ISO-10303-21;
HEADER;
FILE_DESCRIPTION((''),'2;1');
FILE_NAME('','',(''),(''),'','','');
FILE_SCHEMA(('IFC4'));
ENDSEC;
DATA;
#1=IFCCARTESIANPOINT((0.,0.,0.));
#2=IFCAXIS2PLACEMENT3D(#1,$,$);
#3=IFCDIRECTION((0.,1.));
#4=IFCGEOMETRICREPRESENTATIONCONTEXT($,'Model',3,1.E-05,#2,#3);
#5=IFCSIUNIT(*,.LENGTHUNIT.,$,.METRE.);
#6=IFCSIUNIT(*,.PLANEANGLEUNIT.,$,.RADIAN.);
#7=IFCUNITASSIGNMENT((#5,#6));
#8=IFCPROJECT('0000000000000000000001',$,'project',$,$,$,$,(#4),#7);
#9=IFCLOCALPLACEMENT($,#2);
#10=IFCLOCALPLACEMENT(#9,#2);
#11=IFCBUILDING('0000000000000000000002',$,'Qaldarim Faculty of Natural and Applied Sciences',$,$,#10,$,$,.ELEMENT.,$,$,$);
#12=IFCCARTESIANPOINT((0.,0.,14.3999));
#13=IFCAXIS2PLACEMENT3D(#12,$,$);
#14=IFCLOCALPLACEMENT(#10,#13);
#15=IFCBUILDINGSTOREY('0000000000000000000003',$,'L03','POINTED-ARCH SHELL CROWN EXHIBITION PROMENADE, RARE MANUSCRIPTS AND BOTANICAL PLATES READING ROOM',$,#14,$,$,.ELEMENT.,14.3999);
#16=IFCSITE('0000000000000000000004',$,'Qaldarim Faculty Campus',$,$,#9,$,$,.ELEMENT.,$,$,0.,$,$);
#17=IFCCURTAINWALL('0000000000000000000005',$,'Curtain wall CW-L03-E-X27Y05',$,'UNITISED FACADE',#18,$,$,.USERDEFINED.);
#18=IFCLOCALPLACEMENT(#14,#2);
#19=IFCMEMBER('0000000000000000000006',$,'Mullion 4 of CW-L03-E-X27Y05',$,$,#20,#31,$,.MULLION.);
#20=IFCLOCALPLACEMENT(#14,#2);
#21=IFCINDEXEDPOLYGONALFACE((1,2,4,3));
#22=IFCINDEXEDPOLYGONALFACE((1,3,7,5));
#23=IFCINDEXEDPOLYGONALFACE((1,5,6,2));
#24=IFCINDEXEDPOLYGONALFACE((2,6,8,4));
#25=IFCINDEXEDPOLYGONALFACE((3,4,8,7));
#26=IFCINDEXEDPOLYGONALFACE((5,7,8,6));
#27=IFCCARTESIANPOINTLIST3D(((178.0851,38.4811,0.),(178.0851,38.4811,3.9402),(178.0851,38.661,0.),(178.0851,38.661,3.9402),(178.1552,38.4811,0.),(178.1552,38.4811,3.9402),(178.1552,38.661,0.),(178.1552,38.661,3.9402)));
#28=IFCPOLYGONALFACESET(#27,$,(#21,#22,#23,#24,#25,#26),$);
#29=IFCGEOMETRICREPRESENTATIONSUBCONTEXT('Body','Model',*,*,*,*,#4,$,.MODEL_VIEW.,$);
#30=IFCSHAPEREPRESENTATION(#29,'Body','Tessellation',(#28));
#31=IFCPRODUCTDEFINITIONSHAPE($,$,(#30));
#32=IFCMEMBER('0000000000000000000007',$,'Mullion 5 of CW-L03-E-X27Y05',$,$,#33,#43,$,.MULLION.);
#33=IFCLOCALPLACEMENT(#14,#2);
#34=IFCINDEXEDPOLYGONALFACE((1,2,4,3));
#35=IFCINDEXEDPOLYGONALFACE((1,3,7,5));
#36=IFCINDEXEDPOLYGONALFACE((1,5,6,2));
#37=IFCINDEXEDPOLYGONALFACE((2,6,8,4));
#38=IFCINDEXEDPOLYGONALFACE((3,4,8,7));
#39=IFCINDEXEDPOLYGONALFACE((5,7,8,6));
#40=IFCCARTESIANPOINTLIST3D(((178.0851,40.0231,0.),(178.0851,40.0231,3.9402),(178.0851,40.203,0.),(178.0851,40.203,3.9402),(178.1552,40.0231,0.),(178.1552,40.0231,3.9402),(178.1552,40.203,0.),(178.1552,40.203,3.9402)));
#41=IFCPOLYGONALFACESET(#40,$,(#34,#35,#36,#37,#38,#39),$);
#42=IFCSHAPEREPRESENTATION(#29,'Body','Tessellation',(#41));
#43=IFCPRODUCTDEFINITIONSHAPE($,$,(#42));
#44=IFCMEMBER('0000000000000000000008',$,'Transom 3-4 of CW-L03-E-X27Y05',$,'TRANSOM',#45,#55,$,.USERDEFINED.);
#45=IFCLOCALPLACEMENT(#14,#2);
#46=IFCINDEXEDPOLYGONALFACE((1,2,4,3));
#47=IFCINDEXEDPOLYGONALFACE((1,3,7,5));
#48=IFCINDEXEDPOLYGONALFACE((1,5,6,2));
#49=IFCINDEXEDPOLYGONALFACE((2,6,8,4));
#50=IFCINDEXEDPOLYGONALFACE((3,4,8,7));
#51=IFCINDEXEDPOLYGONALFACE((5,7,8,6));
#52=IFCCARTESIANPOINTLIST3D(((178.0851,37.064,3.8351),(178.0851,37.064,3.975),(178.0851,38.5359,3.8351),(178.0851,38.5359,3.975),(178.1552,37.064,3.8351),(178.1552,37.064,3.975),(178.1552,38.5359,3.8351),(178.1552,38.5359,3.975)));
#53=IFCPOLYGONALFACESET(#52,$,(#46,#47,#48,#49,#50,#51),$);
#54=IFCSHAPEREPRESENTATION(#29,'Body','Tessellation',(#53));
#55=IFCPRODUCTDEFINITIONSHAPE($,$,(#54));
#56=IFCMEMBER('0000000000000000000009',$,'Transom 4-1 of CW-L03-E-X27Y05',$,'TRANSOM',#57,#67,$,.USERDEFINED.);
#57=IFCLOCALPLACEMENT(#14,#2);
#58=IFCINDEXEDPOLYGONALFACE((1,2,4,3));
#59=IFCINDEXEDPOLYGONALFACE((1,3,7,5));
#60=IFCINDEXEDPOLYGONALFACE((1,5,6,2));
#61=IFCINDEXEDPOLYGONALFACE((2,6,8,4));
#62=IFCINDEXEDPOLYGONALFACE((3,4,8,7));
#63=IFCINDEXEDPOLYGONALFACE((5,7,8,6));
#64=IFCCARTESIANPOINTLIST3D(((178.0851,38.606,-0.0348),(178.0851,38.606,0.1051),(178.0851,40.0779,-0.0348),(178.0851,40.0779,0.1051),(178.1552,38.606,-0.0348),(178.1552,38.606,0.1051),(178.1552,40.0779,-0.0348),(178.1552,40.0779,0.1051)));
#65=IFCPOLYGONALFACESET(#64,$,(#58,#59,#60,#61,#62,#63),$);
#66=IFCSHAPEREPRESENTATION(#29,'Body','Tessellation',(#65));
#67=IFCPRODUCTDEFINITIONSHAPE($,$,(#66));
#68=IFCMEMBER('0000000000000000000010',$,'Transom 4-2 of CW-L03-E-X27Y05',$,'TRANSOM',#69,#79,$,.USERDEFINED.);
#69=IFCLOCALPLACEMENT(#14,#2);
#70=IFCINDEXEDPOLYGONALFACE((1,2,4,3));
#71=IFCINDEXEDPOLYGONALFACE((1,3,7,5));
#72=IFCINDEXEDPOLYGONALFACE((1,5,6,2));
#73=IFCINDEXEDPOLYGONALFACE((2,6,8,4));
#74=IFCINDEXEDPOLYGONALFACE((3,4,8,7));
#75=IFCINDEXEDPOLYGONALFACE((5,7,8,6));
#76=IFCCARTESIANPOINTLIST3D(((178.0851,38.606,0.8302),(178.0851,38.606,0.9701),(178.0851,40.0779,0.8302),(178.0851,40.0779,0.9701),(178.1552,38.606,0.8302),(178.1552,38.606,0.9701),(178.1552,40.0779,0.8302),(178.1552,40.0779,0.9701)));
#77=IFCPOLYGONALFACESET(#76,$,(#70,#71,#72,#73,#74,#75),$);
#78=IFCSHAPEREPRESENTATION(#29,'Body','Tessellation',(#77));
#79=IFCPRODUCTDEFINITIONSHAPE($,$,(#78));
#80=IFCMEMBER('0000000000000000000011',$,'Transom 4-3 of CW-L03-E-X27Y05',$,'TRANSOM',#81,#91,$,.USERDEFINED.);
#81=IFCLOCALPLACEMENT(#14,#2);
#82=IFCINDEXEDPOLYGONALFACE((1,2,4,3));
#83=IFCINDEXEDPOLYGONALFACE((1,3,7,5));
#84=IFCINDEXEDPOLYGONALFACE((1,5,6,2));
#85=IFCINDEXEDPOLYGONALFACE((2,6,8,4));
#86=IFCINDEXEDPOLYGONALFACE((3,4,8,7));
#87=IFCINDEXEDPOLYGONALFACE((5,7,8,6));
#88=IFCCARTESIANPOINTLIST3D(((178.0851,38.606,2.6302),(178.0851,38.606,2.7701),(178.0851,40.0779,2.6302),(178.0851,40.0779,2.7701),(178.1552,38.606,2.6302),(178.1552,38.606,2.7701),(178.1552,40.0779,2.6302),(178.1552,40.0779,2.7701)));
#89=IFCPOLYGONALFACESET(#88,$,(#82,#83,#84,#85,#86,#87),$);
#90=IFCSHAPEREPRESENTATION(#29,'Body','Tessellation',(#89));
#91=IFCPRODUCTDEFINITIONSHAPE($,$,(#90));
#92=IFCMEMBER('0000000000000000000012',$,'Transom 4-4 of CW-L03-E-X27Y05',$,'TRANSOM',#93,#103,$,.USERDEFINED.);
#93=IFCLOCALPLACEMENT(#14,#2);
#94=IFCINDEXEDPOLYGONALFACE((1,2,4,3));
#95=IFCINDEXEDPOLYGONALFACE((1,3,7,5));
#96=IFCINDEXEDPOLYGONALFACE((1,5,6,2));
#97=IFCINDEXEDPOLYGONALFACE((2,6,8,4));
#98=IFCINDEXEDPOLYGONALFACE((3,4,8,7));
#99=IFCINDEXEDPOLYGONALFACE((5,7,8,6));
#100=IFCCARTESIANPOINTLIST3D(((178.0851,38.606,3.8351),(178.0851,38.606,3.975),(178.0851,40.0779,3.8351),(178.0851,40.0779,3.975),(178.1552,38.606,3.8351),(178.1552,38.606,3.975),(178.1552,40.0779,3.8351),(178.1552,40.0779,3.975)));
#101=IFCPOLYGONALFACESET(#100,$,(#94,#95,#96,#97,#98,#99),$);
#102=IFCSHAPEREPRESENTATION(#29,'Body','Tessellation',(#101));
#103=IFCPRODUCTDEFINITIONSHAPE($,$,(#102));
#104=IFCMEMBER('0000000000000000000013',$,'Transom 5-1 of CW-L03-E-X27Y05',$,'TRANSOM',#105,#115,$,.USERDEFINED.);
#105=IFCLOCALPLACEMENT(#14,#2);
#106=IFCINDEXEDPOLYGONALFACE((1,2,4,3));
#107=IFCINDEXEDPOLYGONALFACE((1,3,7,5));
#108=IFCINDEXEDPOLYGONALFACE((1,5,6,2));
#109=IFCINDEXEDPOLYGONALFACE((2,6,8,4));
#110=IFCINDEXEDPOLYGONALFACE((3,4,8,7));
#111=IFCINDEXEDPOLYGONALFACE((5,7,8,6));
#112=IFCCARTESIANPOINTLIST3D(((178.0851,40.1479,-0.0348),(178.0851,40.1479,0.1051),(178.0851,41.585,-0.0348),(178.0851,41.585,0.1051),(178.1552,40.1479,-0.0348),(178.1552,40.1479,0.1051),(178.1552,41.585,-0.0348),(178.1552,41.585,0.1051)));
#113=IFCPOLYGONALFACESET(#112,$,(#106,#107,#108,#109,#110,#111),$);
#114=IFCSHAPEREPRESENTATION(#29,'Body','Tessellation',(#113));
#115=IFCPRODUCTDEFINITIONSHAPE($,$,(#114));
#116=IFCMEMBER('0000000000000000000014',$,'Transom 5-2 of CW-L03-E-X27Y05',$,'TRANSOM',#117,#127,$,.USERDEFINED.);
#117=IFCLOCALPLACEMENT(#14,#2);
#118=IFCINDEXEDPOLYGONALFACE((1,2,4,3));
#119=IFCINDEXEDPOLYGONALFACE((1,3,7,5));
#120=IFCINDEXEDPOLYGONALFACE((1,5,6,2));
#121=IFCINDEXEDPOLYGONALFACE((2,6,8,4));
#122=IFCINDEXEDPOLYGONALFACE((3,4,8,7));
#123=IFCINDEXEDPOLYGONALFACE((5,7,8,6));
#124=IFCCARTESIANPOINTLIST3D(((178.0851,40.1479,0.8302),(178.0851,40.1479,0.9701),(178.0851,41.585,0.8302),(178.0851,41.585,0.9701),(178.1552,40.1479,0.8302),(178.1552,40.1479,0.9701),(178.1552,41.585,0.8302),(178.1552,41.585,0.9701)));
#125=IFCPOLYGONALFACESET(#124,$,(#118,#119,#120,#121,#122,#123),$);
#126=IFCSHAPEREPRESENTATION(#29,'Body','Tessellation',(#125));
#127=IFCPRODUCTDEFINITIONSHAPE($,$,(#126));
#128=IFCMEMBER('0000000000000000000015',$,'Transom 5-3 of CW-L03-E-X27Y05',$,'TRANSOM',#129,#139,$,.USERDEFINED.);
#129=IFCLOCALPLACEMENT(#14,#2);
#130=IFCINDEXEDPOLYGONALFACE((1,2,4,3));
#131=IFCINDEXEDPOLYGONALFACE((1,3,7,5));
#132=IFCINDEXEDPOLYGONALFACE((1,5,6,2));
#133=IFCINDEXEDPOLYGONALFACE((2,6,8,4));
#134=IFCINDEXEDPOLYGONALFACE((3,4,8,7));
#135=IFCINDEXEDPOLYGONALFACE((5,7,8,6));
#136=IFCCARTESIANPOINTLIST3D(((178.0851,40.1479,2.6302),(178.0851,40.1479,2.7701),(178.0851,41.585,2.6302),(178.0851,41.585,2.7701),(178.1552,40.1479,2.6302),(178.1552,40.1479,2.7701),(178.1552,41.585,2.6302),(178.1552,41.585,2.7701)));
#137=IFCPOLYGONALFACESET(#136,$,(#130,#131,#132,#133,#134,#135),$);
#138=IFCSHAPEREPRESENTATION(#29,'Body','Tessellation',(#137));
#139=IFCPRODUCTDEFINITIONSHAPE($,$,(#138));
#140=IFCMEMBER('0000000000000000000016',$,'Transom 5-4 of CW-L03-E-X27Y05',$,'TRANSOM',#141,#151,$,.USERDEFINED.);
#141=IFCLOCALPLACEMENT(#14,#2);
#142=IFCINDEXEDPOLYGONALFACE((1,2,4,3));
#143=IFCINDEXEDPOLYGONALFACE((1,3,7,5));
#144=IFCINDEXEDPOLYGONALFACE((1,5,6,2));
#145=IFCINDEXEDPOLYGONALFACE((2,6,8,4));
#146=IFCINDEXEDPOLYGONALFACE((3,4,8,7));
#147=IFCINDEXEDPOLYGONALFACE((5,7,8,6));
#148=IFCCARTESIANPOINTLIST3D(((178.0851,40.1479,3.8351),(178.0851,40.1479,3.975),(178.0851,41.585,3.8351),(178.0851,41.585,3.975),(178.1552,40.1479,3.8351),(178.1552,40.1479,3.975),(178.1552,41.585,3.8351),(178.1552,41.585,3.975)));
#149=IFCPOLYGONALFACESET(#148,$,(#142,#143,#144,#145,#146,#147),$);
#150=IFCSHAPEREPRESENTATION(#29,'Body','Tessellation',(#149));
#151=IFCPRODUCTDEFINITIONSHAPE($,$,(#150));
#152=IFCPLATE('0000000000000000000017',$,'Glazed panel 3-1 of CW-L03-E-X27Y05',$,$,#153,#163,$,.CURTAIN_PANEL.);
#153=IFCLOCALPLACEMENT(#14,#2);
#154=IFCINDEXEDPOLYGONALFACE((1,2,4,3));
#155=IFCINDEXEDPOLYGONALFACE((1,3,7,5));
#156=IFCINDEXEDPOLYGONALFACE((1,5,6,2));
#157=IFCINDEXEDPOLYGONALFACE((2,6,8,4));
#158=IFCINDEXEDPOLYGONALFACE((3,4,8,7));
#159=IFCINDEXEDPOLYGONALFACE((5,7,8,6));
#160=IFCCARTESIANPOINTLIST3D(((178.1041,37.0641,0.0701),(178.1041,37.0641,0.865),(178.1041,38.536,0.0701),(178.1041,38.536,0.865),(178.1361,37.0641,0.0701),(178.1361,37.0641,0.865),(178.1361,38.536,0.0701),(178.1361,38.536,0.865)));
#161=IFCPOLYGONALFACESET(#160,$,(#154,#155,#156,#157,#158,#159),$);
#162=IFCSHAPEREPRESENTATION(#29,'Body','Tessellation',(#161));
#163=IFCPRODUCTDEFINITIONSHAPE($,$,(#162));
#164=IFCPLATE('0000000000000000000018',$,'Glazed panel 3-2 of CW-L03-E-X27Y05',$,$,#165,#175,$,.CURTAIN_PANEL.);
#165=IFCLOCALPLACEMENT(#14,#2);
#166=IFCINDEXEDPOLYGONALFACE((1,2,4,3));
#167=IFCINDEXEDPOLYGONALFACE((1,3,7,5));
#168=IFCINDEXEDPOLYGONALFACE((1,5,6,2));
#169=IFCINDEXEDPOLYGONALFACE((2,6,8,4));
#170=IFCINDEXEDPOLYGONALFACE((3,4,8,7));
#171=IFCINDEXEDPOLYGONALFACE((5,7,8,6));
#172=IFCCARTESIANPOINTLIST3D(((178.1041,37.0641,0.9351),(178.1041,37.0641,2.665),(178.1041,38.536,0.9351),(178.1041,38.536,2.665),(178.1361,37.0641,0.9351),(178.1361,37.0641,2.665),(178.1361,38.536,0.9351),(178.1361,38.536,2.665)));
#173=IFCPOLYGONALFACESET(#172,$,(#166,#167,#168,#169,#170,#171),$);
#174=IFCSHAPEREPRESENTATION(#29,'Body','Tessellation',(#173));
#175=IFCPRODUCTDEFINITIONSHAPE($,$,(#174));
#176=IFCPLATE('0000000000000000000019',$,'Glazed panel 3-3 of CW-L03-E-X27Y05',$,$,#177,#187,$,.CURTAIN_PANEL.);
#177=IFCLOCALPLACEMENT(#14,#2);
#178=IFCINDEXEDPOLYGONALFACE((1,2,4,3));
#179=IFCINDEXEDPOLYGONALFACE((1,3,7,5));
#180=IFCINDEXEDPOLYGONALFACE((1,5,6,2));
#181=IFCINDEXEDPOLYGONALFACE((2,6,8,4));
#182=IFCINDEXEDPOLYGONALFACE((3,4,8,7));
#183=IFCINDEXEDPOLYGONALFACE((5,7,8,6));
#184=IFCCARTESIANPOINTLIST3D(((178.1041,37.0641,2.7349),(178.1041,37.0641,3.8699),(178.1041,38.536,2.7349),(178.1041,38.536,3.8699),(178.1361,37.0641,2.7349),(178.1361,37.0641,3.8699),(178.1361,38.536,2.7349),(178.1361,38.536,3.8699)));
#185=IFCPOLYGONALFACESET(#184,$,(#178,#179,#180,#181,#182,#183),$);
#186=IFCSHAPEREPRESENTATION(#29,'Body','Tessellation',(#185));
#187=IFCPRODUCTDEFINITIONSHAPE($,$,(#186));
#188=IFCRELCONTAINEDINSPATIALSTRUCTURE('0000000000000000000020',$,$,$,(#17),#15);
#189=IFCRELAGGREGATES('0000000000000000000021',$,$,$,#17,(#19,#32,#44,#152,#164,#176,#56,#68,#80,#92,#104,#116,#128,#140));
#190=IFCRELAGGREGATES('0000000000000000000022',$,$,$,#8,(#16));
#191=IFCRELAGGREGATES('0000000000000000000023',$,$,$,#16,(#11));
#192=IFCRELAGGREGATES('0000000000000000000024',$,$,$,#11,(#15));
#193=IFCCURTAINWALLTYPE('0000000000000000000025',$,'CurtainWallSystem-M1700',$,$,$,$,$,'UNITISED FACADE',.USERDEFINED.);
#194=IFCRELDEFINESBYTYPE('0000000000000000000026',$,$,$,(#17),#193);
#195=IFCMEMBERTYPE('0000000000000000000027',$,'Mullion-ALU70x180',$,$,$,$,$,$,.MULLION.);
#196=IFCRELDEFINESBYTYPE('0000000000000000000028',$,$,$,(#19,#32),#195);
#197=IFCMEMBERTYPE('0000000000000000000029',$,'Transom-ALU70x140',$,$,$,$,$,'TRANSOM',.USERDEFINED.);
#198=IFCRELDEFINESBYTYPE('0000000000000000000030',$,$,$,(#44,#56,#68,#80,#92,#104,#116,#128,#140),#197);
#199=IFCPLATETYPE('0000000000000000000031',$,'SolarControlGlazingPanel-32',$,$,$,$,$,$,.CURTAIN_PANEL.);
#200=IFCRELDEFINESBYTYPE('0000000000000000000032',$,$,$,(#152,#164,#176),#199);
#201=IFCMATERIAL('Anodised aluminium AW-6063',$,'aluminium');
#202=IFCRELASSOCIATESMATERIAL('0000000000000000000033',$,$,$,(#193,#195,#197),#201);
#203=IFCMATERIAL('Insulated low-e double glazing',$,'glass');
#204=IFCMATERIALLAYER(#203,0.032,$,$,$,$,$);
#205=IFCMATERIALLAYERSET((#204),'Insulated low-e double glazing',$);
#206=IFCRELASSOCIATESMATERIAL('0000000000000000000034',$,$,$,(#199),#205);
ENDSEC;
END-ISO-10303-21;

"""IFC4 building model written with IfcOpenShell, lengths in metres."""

from ifc_helpers import new_model, si_unit, direction, frame, origin, origin_2d, place, context, subcontext, project, spatial, rectangle, extrude, material, layer, layer_set, material_profile, profile_set, type_object, element, aggregate, save


model = new_model("IFC4")

# Units and contexts
model_context = context("Model", 3, precision=1e-05, world=origin(), true_north=direction((0.0, 1.0)))
body_context = subcontext(model_context, "Body", "Model", "MODEL_VIEW")
ifc_project = project(units=[si_unit("LENGTHUNIT", "METRE"), si_unit("PLANEANGLEUNIT", "RADIAN")], contexts=[model_context])

# Site, building, storey
site_placement = place(None, origin())
site = spatial("IfcSite", under=ifc_project, at=site_placement, Name="Qaldarim Faculty Campus", CompositionType="ELEMENT", RefElevation=0.0)
building_placement = place(site_placement, origin())
building = spatial("IfcBuilding", under=site, at=building_placement, Name="Qaldarim Faculty of Natural and Applied Sciences", CompositionType="ELEMENT")
storey_placement = place(building_placement, frame((0.0, 0.0, 14.3999)))
storey = spatial("IfcBuildingStorey", under=building, at=storey_placement, Name="L03", Description="POINTED-ARCH SHELL CROWN EXHIBITION PROMENADE, RARE MANUSCRIPTS AND BOTANICAL PLATES READING ROOM", CompositionType="ELEMENT", Elevation=14.3999)

# Curtain wall, members, plates
ifc_material_1 = material(Name="Anodised aluminium AW-6063", Category="aluminium")
curtain_wall_type = type_object("IfcCurtainWallType", Name="CurtainWallSystem-M1700", ElementType="UNITISED FACADE", PredefinedType="USERDEFINED", material=ifc_material_1)
curtain_wall_placement = place(storey_placement, origin())
curtain_wall = element("IfcCurtainWall", 1, at=curtain_wall_placement, inside=storey, type_object=curtain_wall_type, Name="Curtain wall CW-L03-E-X27Y05", ObjectType="UNITISED FACADE", PredefinedType="USERDEFINED")
ifc_material_profile_1 = material_profile(ifc_material_1, rectangle(XDim=0.0701, YDim=0.1799, at=origin_2d()), Name="ALU-M70x180")
ifc_profile_set_1 = profile_set([ifc_material_profile_1], Name="Anodised aluminium AW-6063")
member_type_1 = type_object("IfcMemberType", Name="Mullion-ALU70x180", PredefinedType="MULLION", material=ifc_profile_set_1)
member_1_placement = place(storey_placement, frame((178.1201, 38.571, 0.0), z_axis=(0.0, 0.0, 1.0), x_axis=(-1.0, 0.0, 0.0)))
member_1 = element("IfcMember", 2, at=member_1_placement, type_object=member_type_1, Name="Mullion 4 of CW-L03-E-X27Y05", PredefinedType="MULLION", context=body_context, shape_type="SweptSolid", body=[
    extrude(rectangle(XDim=0.0701, YDim=0.1799, at=origin_2d()), origin(), (0.0, 0.0, 1.0), 3.9402),
])
member_2_placement = place(storey_placement, frame((178.1201, 40.113, 0.0), z_axis=(0.0, 0.0, 1.0), x_axis=(-1.0, 0.0, 0.0)))
member_2 = element("IfcMember", 3, at=member_2_placement, type_object=member_type_1, Name="Mullion 5 of CW-L03-E-X27Y05", PredefinedType="MULLION", context=body_context, shape_type="SweptSolid", body=[
    extrude(rectangle(XDim=0.0701, YDim=0.1799, at=origin_2d()), origin(), (0.0, 0.0, 1.0), 3.9402),
])
ifc_material_profile_2 = material_profile(ifc_material_1, rectangle(XDim=0.0701, YDim=0.1399, at=origin_2d()), Name="ALU-T70x140")
ifc_profile_set_2 = profile_set([ifc_material_profile_2], Name="Anodised aluminium AW-6063")
member_type_2 = type_object("IfcMemberType", Name="Transom-ALU70x140", ElementType="TRANSOM", PredefinedType="USERDEFINED", material=ifc_profile_set_2)
member_3_placement = place(storey_placement, frame((178.1201, 37.064, 3.905), z_axis=(0.0, 1.0, 0.0), x_axis=(-1.0, 0.0, 0.0)))
member_3 = element("IfcMember", 4, at=member_3_placement, type_object=member_type_2, Name="Transom 3-4 of CW-L03-E-X27Y05", ObjectType="TRANSOM", PredefinedType="USERDEFINED", context=body_context, shape_type="SweptSolid", body=[
    extrude(rectangle(XDim=0.0701, YDim=0.1399, at=origin_2d()), origin(), (0.0, 0.0, 1.0), 1.4719),
])
member_4_placement = place(storey_placement, frame((178.1201, 38.606, 0.0352), z_axis=(0.0, 1.0, 0.0), x_axis=(-1.0, 0.0, 0.0)))
member_4 = element("IfcMember", 5, at=member_4_placement, type_object=member_type_2, Name="Transom 4-1 of CW-L03-E-X27Y05", ObjectType="TRANSOM", PredefinedType="USERDEFINED", context=body_context, shape_type="SweptSolid", body=[
    extrude(rectangle(XDim=0.0701, YDim=0.1399, at=origin_2d()), origin(), (0.0, 0.0, 1.0), 1.4719),
])
member_5_placement = place(storey_placement, frame((178.1201, 38.606, 0.9001), z_axis=(0.0, 1.0, 0.0), x_axis=(-1.0, 0.0, 0.0)))
member_5 = element("IfcMember", 6, at=member_5_placement, type_object=member_type_2, Name="Transom 4-2 of CW-L03-E-X27Y05", ObjectType="TRANSOM", PredefinedType="USERDEFINED", context=body_context, shape_type="SweptSolid", body=[
    extrude(rectangle(XDim=0.0701, YDim=0.1399, at=origin_2d()), origin(), (0.0, 0.0, 1.0), 1.4719),
])
member_6_placement = place(storey_placement, frame((178.1201, 38.606, 2.7002), z_axis=(0.0, 1.0, 0.0), x_axis=(-1.0, 0.0, 0.0)))
member_6 = element("IfcMember", 7, at=member_6_placement, type_object=member_type_2, Name="Transom 4-3 of CW-L03-E-X27Y05", ObjectType="TRANSOM", PredefinedType="USERDEFINED", context=body_context, shape_type="SweptSolid", body=[
    extrude(rectangle(XDim=0.0701, YDim=0.1399, at=origin_2d()), origin(), (0.0, 0.0, 1.0), 1.4719),
])
member_7_placement = place(storey_placement, frame((178.1201, 38.606, 3.905), z_axis=(0.0, 1.0, 0.0), x_axis=(-1.0, 0.0, 0.0)))
member_7 = element("IfcMember", 8, at=member_7_placement, type_object=member_type_2, Name="Transom 4-4 of CW-L03-E-X27Y05", ObjectType="TRANSOM", PredefinedType="USERDEFINED", context=body_context, shape_type="SweptSolid", body=[
    extrude(rectangle(XDim=0.0701, YDim=0.1399, at=origin_2d()), origin(), (0.0, 0.0, 1.0), 1.4719),
])
member_8_placement = place(storey_placement, frame((178.1201, 40.1479, 0.0352), z_axis=(0.0, 1.0, 0.0), x_axis=(-1.0, 0.0, 0.0)))
member_8 = element("IfcMember", 9, at=member_8_placement, type_object=member_type_2, Name="Transom 5-1 of CW-L03-E-X27Y05", ObjectType="TRANSOM", PredefinedType="USERDEFINED", context=body_context, shape_type="SweptSolid", body=[
    extrude(rectangle(XDim=0.0701, YDim=0.1399, at=origin_2d()), origin(), (0.0, 0.0, 1.0), 1.437),
])
member_9_placement = place(storey_placement, frame((178.1201, 40.1479, 0.9001), z_axis=(0.0, 1.0, 0.0), x_axis=(-1.0, 0.0, 0.0)))
member_9 = element("IfcMember", 10, at=member_9_placement, type_object=member_type_2, Name="Transom 5-2 of CW-L03-E-X27Y05", ObjectType="TRANSOM", PredefinedType="USERDEFINED", context=body_context, shape_type="SweptSolid", body=[
    extrude(rectangle(XDim=0.0701, YDim=0.1399, at=origin_2d()), origin(), (0.0, 0.0, 1.0), 1.437),
])
member_10_placement = place(storey_placement, frame((178.1201, 40.1479, 2.7002), z_axis=(0.0, 1.0, 0.0), x_axis=(-1.0, 0.0, 0.0)))
member_10 = element("IfcMember", 11, at=member_10_placement, type_object=member_type_2, Name="Transom 5-3 of CW-L03-E-X27Y05", ObjectType="TRANSOM", PredefinedType="USERDEFINED", context=body_context, shape_type="SweptSolid", body=[
    extrude(rectangle(XDim=0.0701, YDim=0.1399, at=origin_2d()), origin(), (0.0, 0.0, 1.0), 1.437),
])
member_11_placement = place(storey_placement, frame((178.1201, 40.1479, 3.905), z_axis=(0.0, 1.0, 0.0), x_axis=(-1.0, 0.0, 0.0)))
member_11 = element("IfcMember", 12, at=member_11_placement, type_object=member_type_2, Name="Transom 5-4 of CW-L03-E-X27Y05", ObjectType="TRANSOM", PredefinedType="USERDEFINED", context=body_context, shape_type="SweptSolid", body=[
    extrude(rectangle(XDim=0.0701, YDim=0.1399, at=origin_2d()), origin(), (0.0, 0.0, 1.0), 1.437),
])
ifc_material_2 = material(Name="Insulated low-e double glazing", Category="glass")
ifc_layer_1 = layer(ifc_material_2, 0.032)
ifc_layer_set_1 = layer_set([ifc_layer_1], Name="Insulated low-e double glazing")
plate_type = type_object("IfcPlateType", Name="SolarControlGlazingPanel-32", PredefinedType="CURTAIN_PANEL", material=ifc_layer_set_1)
plate_1_placement = place(storey_placement, frame((178.1201, 37.8, 0.0701), z_axis=(0.0, 0.0, 1.0), x_axis=(0.0, 1.0, 0.0)))
plate_1 = element("IfcPlate", 13, at=plate_1_placement, type_object=plate_type, Name="Glazed panel 3-1 of CW-L03-E-X27Y05", PredefinedType="CURTAIN_PANEL", context=body_context, shape_type="SweptSolid", body=[
    extrude(rectangle(XDim=1.4719, YDim=0.032, at=origin_2d()), origin(), (0.0, 0.0, 1.0), 0.7949),
])
plate_2_placement = place(storey_placement, frame((178.1201, 37.8, 0.9351), z_axis=(0.0, 0.0, 1.0), x_axis=(0.0, 1.0, 0.0)))
plate_2 = element("IfcPlate", 14, at=plate_2_placement, type_object=plate_type, Name="Glazed panel 3-2 of CW-L03-E-X27Y05", PredefinedType="CURTAIN_PANEL", context=body_context, shape_type="SweptSolid", body=[
    extrude(rectangle(XDim=1.4719, YDim=0.032, at=origin_2d()), origin(), (0.0, 0.0, 1.0), 1.73),
])
plate_3_placement = place(storey_placement, frame((178.1201, 37.8, 2.7349), z_axis=(0.0, 0.0, 1.0), x_axis=(0.0, 1.0, 0.0)))
plate_3 = element("IfcPlate", 15, at=plate_3_placement, type_object=plate_type, Name="Glazed panel 3-3 of CW-L03-E-X27Y05", PredefinedType="CURTAIN_PANEL", context=body_context, shape_type="SweptSolid", body=[
    extrude(rectangle(XDim=1.4719, YDim=0.032, at=origin_2d()), origin(), (0.0, 0.0, 1.0), 1.135),
])
aggregate(curtain_wall, [member_1, member_2, member_3, plate_1, plate_2, plate_3, member_4, member_5, member_6, member_7, member_8, member_9, member_10, member_11])

save(model, "model.ifc")
